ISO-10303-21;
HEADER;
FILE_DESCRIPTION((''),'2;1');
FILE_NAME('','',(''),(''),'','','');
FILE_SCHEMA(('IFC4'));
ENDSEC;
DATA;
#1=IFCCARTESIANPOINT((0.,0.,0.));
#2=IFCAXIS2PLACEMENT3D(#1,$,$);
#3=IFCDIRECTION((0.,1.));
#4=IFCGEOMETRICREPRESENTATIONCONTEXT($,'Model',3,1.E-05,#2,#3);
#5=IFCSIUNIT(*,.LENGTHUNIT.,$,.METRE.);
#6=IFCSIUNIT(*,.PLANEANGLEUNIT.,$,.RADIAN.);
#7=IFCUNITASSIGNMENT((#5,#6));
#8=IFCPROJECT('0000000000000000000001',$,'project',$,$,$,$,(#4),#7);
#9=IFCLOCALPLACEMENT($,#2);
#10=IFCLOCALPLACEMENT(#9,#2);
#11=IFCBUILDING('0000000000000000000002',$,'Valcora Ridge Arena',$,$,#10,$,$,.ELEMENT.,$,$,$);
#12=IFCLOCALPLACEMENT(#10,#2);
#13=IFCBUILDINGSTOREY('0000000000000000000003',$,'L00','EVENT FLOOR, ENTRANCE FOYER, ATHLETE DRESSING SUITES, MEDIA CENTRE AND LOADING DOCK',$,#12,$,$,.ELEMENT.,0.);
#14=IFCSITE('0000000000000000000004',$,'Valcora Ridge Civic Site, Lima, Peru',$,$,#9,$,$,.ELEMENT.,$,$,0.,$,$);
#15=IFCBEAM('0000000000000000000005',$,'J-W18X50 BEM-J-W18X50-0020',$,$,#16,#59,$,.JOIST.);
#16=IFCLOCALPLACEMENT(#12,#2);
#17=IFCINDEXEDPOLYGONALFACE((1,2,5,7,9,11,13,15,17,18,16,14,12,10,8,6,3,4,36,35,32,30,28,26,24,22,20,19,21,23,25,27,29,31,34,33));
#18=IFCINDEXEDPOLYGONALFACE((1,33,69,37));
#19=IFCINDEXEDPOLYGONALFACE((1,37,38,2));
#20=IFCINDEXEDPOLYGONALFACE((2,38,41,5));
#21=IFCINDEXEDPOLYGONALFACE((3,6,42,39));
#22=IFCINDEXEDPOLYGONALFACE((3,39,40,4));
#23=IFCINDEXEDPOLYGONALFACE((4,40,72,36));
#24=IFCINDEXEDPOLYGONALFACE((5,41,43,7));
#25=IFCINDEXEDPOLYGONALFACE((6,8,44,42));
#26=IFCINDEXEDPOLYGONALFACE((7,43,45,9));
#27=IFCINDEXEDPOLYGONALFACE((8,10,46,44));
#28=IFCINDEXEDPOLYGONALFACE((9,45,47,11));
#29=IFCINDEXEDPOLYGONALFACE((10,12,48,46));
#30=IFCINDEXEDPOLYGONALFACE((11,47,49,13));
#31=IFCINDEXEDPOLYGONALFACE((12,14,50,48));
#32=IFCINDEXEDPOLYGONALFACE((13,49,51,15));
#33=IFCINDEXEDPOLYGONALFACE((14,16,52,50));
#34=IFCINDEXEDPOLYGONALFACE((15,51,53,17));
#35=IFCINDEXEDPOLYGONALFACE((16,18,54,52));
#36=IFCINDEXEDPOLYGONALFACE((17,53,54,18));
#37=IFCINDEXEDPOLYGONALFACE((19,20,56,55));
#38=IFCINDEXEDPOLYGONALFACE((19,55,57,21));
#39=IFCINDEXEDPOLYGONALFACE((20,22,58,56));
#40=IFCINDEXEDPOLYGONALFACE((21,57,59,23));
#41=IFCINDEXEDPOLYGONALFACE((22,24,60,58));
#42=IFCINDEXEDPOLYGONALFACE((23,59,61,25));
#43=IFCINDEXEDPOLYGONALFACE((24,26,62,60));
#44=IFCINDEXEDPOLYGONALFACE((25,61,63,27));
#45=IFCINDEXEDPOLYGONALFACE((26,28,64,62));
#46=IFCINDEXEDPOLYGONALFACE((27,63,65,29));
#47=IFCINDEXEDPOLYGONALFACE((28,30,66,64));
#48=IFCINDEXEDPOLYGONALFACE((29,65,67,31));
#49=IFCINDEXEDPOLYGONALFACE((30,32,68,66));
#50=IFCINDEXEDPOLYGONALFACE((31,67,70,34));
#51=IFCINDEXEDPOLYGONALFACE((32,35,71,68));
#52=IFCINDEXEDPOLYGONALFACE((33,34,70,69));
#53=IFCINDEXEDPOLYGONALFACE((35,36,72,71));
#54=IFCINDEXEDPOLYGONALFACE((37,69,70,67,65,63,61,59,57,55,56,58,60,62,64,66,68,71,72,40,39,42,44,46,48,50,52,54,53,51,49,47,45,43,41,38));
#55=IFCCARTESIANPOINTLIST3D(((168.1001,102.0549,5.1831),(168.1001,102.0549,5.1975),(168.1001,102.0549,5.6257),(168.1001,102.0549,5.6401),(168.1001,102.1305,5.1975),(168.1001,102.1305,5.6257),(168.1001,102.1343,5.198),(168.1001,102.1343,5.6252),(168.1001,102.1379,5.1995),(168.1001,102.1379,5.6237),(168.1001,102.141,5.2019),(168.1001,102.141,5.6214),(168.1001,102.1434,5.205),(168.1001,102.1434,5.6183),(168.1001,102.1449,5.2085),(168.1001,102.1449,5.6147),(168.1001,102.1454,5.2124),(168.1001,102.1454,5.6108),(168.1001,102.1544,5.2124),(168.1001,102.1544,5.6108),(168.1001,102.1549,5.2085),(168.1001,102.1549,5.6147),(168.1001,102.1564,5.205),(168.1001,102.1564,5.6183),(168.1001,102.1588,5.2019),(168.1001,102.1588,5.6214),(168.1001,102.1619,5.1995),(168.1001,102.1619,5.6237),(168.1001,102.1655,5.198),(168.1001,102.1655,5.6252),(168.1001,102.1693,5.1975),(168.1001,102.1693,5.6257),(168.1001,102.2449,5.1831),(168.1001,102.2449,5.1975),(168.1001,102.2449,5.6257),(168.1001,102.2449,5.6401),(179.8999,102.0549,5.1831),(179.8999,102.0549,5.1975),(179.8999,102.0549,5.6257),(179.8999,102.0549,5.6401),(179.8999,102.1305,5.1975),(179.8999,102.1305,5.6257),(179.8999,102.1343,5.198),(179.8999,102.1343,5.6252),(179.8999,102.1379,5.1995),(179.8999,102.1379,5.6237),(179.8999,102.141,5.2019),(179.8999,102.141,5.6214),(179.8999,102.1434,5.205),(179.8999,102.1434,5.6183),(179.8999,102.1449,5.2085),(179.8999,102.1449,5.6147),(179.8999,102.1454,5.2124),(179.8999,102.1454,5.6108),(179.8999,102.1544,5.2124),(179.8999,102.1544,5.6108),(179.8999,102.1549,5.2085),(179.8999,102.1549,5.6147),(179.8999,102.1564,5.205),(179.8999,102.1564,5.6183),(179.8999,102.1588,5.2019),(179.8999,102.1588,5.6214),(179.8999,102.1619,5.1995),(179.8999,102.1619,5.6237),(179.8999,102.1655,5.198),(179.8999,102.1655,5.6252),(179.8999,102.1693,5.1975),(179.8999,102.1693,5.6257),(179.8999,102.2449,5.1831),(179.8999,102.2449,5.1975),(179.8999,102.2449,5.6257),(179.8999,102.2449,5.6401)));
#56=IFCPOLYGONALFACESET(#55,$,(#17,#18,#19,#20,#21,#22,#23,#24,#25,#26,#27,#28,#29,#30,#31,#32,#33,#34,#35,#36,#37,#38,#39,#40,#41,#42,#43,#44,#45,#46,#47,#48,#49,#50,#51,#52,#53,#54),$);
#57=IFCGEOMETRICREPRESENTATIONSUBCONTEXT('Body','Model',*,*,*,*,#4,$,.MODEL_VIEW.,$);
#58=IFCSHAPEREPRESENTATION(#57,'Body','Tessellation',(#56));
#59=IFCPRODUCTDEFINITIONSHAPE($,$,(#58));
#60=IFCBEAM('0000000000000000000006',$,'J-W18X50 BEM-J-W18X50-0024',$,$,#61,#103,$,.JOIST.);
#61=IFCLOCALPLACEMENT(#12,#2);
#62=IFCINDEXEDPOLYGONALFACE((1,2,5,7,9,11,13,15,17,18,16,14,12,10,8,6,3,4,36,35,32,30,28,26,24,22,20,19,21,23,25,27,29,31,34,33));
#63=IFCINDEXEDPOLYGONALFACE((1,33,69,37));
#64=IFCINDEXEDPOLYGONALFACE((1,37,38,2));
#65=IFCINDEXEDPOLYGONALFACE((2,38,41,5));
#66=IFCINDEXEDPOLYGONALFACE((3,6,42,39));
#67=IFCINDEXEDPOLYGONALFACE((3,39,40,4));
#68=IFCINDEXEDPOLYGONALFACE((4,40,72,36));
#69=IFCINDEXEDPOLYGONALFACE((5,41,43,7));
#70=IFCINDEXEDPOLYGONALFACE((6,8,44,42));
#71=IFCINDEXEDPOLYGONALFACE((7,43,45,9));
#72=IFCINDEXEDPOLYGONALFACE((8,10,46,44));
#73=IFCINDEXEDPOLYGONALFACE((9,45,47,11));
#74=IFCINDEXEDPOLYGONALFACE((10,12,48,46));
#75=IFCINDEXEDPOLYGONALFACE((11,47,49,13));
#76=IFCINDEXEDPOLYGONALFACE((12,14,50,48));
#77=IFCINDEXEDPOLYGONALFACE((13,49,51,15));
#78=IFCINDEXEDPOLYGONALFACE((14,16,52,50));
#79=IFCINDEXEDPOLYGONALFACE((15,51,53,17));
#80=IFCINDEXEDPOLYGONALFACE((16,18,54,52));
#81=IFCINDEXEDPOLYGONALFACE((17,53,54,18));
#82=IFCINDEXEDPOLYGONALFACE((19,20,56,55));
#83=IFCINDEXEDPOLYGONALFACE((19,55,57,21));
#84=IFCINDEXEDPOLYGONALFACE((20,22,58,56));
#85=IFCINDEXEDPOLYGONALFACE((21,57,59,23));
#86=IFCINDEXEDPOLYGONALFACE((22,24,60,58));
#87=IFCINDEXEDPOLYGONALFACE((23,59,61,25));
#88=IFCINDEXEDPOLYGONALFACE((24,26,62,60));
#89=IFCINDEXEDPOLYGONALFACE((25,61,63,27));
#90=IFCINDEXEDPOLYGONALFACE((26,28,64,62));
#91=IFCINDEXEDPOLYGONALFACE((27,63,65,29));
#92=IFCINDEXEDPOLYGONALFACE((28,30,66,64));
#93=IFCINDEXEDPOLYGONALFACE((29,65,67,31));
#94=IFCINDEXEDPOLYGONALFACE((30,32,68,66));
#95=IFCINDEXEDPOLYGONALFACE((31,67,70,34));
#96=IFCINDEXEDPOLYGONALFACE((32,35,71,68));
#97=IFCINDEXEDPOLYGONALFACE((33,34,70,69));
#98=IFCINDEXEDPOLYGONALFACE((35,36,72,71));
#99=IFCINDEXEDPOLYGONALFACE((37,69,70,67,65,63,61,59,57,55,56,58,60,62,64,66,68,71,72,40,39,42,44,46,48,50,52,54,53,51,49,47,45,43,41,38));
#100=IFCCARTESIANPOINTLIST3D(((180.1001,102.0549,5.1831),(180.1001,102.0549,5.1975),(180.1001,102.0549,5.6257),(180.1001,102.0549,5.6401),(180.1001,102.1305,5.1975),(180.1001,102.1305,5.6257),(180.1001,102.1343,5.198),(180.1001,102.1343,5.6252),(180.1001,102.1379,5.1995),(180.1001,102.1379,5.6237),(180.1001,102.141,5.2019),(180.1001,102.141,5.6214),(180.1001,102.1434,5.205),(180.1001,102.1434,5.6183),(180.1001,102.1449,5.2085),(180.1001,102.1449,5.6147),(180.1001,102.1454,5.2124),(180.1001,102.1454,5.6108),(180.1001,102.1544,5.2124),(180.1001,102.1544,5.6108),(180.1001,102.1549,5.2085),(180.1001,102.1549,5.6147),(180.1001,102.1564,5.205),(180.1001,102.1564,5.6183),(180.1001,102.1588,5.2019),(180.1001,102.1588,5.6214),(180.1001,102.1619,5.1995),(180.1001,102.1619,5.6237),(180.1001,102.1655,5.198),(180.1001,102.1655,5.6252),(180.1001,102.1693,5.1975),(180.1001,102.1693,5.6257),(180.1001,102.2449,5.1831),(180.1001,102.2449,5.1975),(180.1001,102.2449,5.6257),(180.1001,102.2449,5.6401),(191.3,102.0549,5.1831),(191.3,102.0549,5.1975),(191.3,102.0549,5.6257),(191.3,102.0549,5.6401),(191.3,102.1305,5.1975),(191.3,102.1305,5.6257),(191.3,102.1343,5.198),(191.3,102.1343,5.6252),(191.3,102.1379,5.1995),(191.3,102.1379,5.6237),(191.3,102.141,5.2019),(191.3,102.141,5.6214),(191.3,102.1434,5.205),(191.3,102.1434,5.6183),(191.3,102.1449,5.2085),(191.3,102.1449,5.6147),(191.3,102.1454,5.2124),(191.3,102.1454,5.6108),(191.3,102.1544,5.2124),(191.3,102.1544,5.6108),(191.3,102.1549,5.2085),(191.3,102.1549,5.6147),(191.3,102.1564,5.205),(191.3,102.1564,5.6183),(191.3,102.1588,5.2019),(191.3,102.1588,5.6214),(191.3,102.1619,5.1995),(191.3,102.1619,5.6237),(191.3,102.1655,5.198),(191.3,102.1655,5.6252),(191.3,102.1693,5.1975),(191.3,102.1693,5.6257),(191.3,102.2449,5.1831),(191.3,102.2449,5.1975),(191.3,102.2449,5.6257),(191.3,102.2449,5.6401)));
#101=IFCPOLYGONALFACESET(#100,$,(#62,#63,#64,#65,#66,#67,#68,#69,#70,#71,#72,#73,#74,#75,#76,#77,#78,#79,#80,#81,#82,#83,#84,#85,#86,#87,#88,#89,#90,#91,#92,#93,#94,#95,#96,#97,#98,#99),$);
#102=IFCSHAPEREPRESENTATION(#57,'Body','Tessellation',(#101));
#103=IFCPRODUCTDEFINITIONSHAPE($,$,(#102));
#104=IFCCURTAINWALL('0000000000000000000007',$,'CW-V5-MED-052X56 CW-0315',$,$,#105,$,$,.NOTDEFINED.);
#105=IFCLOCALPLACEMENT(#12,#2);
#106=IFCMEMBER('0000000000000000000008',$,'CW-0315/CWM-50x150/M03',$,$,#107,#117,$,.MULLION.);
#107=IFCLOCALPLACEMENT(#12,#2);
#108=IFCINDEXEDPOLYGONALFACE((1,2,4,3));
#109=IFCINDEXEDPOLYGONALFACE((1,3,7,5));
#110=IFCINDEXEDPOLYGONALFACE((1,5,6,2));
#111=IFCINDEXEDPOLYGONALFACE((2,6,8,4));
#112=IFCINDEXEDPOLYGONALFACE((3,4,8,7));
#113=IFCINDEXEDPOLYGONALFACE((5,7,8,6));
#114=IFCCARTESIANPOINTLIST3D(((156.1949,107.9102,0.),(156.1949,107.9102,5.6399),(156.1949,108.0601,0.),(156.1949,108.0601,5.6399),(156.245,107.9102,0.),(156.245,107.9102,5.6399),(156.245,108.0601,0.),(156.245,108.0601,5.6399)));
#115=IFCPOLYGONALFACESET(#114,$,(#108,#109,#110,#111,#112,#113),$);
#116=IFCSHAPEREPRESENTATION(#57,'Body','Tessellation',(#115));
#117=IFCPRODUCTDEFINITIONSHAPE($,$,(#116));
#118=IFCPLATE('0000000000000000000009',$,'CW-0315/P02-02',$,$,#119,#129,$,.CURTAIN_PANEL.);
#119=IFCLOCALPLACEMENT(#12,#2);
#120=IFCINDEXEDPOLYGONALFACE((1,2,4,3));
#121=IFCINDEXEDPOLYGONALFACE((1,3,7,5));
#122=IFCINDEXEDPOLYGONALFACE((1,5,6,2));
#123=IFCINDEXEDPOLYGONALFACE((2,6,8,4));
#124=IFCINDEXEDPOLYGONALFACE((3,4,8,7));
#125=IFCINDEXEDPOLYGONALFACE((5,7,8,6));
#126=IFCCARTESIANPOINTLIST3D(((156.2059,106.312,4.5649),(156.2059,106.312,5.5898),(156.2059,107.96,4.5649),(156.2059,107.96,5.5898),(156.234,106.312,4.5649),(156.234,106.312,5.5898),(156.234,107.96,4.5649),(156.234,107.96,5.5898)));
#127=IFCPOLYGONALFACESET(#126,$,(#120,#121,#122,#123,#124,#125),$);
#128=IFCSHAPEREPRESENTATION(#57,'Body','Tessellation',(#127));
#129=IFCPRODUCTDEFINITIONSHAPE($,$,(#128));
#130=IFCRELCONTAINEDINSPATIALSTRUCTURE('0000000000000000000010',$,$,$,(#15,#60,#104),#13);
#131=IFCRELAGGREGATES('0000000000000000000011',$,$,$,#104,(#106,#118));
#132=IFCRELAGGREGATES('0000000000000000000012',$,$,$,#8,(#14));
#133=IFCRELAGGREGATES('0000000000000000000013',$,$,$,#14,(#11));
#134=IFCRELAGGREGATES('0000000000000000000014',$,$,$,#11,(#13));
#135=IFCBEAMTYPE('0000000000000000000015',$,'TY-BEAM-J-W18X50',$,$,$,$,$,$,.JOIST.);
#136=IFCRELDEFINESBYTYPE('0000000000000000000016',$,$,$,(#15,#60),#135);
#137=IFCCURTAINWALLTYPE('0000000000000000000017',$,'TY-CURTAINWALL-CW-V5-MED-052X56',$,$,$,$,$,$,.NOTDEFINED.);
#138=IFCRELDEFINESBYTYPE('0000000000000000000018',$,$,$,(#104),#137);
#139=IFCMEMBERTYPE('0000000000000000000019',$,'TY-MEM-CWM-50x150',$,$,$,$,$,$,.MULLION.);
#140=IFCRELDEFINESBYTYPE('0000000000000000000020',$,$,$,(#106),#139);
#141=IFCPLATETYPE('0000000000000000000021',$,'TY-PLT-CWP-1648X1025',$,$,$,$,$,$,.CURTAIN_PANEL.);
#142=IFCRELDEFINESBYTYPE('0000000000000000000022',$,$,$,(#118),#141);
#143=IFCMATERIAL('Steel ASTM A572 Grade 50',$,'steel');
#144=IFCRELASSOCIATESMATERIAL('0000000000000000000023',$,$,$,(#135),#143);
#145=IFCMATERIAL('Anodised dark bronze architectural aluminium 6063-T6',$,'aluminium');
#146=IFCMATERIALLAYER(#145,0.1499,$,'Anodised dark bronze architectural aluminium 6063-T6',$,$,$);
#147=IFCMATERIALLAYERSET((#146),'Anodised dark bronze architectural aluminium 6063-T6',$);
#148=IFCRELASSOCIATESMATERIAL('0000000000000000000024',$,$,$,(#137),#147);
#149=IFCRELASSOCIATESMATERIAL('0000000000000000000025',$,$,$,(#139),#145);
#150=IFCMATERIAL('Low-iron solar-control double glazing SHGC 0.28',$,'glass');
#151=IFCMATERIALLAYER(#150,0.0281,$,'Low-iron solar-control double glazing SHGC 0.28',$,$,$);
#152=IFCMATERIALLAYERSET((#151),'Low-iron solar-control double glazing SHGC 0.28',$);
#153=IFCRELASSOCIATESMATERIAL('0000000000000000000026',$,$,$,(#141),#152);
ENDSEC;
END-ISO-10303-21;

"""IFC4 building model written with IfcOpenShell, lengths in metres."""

from ifc_helpers import new_model, si_unit, direction, frame, origin, origin_2d, place, context, subcontext, project, spatial, rectangle, i_section, extrude, material, layer, layer_set, material_profile, profile_set, type_object, element, aggregate, save


model = new_model("IFC4")

# Units and contexts
model_context = context("Model", 3, precision=1e-05, world=origin(), true_north=direction((0.0, 1.0)))
body_context = subcontext(model_context, "Body", "Model", "MODEL_VIEW")
ifc_project = project(units=[si_unit("LENGTHUNIT", "METRE"), si_unit("PLANEANGLEUNIT", "RADIAN")], contexts=[model_context])

# Site, building, storey
site_placement = place(None, origin())
site = spatial("IfcSite", under=ifc_project, at=site_placement, Name="Valcora Ridge Civic Site, Lima, Peru", CompositionType="ELEMENT", RefElevation=0.0)
building_placement = place(site_placement, origin())
building = spatial("IfcBuilding", under=site, at=building_placement, Name="Valcora Ridge Arena", CompositionType="ELEMENT")
storey_placement = place(building_placement, origin())
storey = spatial("IfcBuildingStorey", under=building, at=storey_placement, Name="L00", Description="EVENT FLOOR, ENTRANCE FOYER, ATHLETE DRESSING SUITES, MEDIA CENTRE AND LOADING DOCK", CompositionType="ELEMENT", Elevation=0.0)

# Beams
ifc_material_1 = material(Name="Steel ASTM A572 Grade 50", Category="steel")
ifc_material_profile_1 = material_profile(ifc_material_1, i_section(OverallWidth=0.1899, OverallDepth=0.457, WebThickness=0.009, FlangeThickness=0.0144, FilletRadius=0.0149, at=origin_2d()), Name="W18X50")
ifc_profile_set_1 = profile_set([ifc_material_profile_1], Name="Steel ASTM A572 Grade 50")
beam_type_1 = type_object("IfcBeamType", Name="TY-BEAM-J-W18X50", PredefinedType="JOIST", material=ifc_profile_set_1)
beam_1_placement = place(storey_placement, frame((168.1001, 102.1499, 5.4116), z_axis=(1.0, 0.0, 0.0), x_axis=(0.0, 1.0, 0.0)))
element("IfcBeam", 1, at=beam_1_placement, inside=storey, type_object=beam_type_1, Name="J-W18X50 BEM-J-W18X50-0020", PredefinedType="JOIST", context=body_context, shape_type="SweptSolid", body=[
    extrude(i_section(OverallWidth=0.1899, OverallDepth=0.457, WebThickness=0.009, FlangeThickness=0.0144, FilletRadius=0.0149, at=origin_2d()), origin(), (0.0, 0.0, 1.0), 11.7998),
])
beam_2_placement = place(storey_placement, frame((180.1001, 102.1499, 5.4116), z_axis=(1.0, 0.0, 0.0), x_axis=(0.0, 1.0, 0.0)))
element("IfcBeam", 2, at=beam_2_placement, inside=storey, type_object=beam_type_1, Name="J-W18X50 BEM-J-W18X50-0024", PredefinedType="JOIST", context=body_context, shape_type="SweptSolid", body=[
    extrude(i_section(OverallWidth=0.1899, OverallDepth=0.457, WebThickness=0.009, FlangeThickness=0.0144, FilletRadius=0.0149, at=origin_2d()), origin(), (0.0, 0.0, 1.0), 11.2),
])

# Curtain wall, member, plate
ifc_material_2 = material(Name="Anodised dark bronze architectural aluminium 6063-T6", Category="aluminium")
ifc_layer_1 = layer(ifc_material_2, 0.1499, Name="Anodised dark bronze architectural aluminium 6063-T6")
ifc_layer_set_1 = layer_set([ifc_layer_1], Name="Anodised dark bronze architectural aluminium 6063-T6")
curtain_wall_type = type_object("IfcCurtainWallType", Name="TY-CURTAINWALL-CW-V5-MED-052X56", PredefinedType="NOTDEFINED", material=ifc_layer_set_1)
curtain_wall_placement = place(storey_placement, origin())
curtain_wall = element("IfcCurtainWall", 3, at=curtain_wall_placement, inside=storey, type_object=curtain_wall_type, Name="CW-V5-MED-052X56 CW-0315", PredefinedType="NOTDEFINED")
ifc_material_profile_2 = material_profile(ifc_material_2, rectangle(XDim=0.05, YDim=0.1499, at=origin_2d()), Name="ALU MULLION 50x150")
ifc_profile_set_2 = profile_set([ifc_material_profile_2], Name="Anodised dark bronze architectural aluminium 6063-T6")
member_type = type_object("IfcMemberType", Name="TY-MEM-CWM-50x150", PredefinedType="MULLION", material=ifc_profile_set_2)
member_placement = place(storey_placement, frame((156.22, 107.9851, 0.0), z_axis=(0.0, 0.0, 1.0), x_axis=(-1.0, 0.0, 0.0)))
member = element("IfcMember", 4, at=member_placement, type_object=member_type, Name="CW-0315/CWM-50x150/M03", PredefinedType="MULLION", context=body_context, shape_type="SweptSolid", body=[
    extrude(rectangle(XDim=0.05, YDim=0.1499, at=origin_2d()), origin(), (0.0, 0.0, 1.0), 5.6399),
])
ifc_material_3 = material(Name="Low-iron solar-control double glazing SHGC 0.28", Category="glass")
ifc_layer_2 = layer(ifc_material_3, 0.0281, Name="Low-iron solar-control double glazing SHGC 0.28")
ifc_layer_set_2 = layer_set([ifc_layer_2], Name="Low-iron solar-control double glazing SHGC 0.28")
plate_type = type_object("IfcPlateType", Name="TY-PLT-CWP-1648X1025", PredefinedType="CURTAIN_PANEL", material=ifc_layer_set_2)
plate_placement = place(storey_placement, frame((156.22, 107.136, 4.5649), z_axis=(0.0, 0.0, 1.0), x_axis=(0.0, 1.0, 0.0)))
plate = element("IfcPlate", 5, at=plate_placement, type_object=plate_type, Name="CW-0315/P02-02", PredefinedType="CURTAIN_PANEL", context=body_context, shape_type="SweptSolid", body=[
    extrude(rectangle(XDim=1.6479, YDim=0.0281, at=origin_2d()), origin(), (0.0, 0.0, 1.0), 1.0249),
])
aggregate(curtain_wall, [member, plate])

save(model, "model.ifc")
